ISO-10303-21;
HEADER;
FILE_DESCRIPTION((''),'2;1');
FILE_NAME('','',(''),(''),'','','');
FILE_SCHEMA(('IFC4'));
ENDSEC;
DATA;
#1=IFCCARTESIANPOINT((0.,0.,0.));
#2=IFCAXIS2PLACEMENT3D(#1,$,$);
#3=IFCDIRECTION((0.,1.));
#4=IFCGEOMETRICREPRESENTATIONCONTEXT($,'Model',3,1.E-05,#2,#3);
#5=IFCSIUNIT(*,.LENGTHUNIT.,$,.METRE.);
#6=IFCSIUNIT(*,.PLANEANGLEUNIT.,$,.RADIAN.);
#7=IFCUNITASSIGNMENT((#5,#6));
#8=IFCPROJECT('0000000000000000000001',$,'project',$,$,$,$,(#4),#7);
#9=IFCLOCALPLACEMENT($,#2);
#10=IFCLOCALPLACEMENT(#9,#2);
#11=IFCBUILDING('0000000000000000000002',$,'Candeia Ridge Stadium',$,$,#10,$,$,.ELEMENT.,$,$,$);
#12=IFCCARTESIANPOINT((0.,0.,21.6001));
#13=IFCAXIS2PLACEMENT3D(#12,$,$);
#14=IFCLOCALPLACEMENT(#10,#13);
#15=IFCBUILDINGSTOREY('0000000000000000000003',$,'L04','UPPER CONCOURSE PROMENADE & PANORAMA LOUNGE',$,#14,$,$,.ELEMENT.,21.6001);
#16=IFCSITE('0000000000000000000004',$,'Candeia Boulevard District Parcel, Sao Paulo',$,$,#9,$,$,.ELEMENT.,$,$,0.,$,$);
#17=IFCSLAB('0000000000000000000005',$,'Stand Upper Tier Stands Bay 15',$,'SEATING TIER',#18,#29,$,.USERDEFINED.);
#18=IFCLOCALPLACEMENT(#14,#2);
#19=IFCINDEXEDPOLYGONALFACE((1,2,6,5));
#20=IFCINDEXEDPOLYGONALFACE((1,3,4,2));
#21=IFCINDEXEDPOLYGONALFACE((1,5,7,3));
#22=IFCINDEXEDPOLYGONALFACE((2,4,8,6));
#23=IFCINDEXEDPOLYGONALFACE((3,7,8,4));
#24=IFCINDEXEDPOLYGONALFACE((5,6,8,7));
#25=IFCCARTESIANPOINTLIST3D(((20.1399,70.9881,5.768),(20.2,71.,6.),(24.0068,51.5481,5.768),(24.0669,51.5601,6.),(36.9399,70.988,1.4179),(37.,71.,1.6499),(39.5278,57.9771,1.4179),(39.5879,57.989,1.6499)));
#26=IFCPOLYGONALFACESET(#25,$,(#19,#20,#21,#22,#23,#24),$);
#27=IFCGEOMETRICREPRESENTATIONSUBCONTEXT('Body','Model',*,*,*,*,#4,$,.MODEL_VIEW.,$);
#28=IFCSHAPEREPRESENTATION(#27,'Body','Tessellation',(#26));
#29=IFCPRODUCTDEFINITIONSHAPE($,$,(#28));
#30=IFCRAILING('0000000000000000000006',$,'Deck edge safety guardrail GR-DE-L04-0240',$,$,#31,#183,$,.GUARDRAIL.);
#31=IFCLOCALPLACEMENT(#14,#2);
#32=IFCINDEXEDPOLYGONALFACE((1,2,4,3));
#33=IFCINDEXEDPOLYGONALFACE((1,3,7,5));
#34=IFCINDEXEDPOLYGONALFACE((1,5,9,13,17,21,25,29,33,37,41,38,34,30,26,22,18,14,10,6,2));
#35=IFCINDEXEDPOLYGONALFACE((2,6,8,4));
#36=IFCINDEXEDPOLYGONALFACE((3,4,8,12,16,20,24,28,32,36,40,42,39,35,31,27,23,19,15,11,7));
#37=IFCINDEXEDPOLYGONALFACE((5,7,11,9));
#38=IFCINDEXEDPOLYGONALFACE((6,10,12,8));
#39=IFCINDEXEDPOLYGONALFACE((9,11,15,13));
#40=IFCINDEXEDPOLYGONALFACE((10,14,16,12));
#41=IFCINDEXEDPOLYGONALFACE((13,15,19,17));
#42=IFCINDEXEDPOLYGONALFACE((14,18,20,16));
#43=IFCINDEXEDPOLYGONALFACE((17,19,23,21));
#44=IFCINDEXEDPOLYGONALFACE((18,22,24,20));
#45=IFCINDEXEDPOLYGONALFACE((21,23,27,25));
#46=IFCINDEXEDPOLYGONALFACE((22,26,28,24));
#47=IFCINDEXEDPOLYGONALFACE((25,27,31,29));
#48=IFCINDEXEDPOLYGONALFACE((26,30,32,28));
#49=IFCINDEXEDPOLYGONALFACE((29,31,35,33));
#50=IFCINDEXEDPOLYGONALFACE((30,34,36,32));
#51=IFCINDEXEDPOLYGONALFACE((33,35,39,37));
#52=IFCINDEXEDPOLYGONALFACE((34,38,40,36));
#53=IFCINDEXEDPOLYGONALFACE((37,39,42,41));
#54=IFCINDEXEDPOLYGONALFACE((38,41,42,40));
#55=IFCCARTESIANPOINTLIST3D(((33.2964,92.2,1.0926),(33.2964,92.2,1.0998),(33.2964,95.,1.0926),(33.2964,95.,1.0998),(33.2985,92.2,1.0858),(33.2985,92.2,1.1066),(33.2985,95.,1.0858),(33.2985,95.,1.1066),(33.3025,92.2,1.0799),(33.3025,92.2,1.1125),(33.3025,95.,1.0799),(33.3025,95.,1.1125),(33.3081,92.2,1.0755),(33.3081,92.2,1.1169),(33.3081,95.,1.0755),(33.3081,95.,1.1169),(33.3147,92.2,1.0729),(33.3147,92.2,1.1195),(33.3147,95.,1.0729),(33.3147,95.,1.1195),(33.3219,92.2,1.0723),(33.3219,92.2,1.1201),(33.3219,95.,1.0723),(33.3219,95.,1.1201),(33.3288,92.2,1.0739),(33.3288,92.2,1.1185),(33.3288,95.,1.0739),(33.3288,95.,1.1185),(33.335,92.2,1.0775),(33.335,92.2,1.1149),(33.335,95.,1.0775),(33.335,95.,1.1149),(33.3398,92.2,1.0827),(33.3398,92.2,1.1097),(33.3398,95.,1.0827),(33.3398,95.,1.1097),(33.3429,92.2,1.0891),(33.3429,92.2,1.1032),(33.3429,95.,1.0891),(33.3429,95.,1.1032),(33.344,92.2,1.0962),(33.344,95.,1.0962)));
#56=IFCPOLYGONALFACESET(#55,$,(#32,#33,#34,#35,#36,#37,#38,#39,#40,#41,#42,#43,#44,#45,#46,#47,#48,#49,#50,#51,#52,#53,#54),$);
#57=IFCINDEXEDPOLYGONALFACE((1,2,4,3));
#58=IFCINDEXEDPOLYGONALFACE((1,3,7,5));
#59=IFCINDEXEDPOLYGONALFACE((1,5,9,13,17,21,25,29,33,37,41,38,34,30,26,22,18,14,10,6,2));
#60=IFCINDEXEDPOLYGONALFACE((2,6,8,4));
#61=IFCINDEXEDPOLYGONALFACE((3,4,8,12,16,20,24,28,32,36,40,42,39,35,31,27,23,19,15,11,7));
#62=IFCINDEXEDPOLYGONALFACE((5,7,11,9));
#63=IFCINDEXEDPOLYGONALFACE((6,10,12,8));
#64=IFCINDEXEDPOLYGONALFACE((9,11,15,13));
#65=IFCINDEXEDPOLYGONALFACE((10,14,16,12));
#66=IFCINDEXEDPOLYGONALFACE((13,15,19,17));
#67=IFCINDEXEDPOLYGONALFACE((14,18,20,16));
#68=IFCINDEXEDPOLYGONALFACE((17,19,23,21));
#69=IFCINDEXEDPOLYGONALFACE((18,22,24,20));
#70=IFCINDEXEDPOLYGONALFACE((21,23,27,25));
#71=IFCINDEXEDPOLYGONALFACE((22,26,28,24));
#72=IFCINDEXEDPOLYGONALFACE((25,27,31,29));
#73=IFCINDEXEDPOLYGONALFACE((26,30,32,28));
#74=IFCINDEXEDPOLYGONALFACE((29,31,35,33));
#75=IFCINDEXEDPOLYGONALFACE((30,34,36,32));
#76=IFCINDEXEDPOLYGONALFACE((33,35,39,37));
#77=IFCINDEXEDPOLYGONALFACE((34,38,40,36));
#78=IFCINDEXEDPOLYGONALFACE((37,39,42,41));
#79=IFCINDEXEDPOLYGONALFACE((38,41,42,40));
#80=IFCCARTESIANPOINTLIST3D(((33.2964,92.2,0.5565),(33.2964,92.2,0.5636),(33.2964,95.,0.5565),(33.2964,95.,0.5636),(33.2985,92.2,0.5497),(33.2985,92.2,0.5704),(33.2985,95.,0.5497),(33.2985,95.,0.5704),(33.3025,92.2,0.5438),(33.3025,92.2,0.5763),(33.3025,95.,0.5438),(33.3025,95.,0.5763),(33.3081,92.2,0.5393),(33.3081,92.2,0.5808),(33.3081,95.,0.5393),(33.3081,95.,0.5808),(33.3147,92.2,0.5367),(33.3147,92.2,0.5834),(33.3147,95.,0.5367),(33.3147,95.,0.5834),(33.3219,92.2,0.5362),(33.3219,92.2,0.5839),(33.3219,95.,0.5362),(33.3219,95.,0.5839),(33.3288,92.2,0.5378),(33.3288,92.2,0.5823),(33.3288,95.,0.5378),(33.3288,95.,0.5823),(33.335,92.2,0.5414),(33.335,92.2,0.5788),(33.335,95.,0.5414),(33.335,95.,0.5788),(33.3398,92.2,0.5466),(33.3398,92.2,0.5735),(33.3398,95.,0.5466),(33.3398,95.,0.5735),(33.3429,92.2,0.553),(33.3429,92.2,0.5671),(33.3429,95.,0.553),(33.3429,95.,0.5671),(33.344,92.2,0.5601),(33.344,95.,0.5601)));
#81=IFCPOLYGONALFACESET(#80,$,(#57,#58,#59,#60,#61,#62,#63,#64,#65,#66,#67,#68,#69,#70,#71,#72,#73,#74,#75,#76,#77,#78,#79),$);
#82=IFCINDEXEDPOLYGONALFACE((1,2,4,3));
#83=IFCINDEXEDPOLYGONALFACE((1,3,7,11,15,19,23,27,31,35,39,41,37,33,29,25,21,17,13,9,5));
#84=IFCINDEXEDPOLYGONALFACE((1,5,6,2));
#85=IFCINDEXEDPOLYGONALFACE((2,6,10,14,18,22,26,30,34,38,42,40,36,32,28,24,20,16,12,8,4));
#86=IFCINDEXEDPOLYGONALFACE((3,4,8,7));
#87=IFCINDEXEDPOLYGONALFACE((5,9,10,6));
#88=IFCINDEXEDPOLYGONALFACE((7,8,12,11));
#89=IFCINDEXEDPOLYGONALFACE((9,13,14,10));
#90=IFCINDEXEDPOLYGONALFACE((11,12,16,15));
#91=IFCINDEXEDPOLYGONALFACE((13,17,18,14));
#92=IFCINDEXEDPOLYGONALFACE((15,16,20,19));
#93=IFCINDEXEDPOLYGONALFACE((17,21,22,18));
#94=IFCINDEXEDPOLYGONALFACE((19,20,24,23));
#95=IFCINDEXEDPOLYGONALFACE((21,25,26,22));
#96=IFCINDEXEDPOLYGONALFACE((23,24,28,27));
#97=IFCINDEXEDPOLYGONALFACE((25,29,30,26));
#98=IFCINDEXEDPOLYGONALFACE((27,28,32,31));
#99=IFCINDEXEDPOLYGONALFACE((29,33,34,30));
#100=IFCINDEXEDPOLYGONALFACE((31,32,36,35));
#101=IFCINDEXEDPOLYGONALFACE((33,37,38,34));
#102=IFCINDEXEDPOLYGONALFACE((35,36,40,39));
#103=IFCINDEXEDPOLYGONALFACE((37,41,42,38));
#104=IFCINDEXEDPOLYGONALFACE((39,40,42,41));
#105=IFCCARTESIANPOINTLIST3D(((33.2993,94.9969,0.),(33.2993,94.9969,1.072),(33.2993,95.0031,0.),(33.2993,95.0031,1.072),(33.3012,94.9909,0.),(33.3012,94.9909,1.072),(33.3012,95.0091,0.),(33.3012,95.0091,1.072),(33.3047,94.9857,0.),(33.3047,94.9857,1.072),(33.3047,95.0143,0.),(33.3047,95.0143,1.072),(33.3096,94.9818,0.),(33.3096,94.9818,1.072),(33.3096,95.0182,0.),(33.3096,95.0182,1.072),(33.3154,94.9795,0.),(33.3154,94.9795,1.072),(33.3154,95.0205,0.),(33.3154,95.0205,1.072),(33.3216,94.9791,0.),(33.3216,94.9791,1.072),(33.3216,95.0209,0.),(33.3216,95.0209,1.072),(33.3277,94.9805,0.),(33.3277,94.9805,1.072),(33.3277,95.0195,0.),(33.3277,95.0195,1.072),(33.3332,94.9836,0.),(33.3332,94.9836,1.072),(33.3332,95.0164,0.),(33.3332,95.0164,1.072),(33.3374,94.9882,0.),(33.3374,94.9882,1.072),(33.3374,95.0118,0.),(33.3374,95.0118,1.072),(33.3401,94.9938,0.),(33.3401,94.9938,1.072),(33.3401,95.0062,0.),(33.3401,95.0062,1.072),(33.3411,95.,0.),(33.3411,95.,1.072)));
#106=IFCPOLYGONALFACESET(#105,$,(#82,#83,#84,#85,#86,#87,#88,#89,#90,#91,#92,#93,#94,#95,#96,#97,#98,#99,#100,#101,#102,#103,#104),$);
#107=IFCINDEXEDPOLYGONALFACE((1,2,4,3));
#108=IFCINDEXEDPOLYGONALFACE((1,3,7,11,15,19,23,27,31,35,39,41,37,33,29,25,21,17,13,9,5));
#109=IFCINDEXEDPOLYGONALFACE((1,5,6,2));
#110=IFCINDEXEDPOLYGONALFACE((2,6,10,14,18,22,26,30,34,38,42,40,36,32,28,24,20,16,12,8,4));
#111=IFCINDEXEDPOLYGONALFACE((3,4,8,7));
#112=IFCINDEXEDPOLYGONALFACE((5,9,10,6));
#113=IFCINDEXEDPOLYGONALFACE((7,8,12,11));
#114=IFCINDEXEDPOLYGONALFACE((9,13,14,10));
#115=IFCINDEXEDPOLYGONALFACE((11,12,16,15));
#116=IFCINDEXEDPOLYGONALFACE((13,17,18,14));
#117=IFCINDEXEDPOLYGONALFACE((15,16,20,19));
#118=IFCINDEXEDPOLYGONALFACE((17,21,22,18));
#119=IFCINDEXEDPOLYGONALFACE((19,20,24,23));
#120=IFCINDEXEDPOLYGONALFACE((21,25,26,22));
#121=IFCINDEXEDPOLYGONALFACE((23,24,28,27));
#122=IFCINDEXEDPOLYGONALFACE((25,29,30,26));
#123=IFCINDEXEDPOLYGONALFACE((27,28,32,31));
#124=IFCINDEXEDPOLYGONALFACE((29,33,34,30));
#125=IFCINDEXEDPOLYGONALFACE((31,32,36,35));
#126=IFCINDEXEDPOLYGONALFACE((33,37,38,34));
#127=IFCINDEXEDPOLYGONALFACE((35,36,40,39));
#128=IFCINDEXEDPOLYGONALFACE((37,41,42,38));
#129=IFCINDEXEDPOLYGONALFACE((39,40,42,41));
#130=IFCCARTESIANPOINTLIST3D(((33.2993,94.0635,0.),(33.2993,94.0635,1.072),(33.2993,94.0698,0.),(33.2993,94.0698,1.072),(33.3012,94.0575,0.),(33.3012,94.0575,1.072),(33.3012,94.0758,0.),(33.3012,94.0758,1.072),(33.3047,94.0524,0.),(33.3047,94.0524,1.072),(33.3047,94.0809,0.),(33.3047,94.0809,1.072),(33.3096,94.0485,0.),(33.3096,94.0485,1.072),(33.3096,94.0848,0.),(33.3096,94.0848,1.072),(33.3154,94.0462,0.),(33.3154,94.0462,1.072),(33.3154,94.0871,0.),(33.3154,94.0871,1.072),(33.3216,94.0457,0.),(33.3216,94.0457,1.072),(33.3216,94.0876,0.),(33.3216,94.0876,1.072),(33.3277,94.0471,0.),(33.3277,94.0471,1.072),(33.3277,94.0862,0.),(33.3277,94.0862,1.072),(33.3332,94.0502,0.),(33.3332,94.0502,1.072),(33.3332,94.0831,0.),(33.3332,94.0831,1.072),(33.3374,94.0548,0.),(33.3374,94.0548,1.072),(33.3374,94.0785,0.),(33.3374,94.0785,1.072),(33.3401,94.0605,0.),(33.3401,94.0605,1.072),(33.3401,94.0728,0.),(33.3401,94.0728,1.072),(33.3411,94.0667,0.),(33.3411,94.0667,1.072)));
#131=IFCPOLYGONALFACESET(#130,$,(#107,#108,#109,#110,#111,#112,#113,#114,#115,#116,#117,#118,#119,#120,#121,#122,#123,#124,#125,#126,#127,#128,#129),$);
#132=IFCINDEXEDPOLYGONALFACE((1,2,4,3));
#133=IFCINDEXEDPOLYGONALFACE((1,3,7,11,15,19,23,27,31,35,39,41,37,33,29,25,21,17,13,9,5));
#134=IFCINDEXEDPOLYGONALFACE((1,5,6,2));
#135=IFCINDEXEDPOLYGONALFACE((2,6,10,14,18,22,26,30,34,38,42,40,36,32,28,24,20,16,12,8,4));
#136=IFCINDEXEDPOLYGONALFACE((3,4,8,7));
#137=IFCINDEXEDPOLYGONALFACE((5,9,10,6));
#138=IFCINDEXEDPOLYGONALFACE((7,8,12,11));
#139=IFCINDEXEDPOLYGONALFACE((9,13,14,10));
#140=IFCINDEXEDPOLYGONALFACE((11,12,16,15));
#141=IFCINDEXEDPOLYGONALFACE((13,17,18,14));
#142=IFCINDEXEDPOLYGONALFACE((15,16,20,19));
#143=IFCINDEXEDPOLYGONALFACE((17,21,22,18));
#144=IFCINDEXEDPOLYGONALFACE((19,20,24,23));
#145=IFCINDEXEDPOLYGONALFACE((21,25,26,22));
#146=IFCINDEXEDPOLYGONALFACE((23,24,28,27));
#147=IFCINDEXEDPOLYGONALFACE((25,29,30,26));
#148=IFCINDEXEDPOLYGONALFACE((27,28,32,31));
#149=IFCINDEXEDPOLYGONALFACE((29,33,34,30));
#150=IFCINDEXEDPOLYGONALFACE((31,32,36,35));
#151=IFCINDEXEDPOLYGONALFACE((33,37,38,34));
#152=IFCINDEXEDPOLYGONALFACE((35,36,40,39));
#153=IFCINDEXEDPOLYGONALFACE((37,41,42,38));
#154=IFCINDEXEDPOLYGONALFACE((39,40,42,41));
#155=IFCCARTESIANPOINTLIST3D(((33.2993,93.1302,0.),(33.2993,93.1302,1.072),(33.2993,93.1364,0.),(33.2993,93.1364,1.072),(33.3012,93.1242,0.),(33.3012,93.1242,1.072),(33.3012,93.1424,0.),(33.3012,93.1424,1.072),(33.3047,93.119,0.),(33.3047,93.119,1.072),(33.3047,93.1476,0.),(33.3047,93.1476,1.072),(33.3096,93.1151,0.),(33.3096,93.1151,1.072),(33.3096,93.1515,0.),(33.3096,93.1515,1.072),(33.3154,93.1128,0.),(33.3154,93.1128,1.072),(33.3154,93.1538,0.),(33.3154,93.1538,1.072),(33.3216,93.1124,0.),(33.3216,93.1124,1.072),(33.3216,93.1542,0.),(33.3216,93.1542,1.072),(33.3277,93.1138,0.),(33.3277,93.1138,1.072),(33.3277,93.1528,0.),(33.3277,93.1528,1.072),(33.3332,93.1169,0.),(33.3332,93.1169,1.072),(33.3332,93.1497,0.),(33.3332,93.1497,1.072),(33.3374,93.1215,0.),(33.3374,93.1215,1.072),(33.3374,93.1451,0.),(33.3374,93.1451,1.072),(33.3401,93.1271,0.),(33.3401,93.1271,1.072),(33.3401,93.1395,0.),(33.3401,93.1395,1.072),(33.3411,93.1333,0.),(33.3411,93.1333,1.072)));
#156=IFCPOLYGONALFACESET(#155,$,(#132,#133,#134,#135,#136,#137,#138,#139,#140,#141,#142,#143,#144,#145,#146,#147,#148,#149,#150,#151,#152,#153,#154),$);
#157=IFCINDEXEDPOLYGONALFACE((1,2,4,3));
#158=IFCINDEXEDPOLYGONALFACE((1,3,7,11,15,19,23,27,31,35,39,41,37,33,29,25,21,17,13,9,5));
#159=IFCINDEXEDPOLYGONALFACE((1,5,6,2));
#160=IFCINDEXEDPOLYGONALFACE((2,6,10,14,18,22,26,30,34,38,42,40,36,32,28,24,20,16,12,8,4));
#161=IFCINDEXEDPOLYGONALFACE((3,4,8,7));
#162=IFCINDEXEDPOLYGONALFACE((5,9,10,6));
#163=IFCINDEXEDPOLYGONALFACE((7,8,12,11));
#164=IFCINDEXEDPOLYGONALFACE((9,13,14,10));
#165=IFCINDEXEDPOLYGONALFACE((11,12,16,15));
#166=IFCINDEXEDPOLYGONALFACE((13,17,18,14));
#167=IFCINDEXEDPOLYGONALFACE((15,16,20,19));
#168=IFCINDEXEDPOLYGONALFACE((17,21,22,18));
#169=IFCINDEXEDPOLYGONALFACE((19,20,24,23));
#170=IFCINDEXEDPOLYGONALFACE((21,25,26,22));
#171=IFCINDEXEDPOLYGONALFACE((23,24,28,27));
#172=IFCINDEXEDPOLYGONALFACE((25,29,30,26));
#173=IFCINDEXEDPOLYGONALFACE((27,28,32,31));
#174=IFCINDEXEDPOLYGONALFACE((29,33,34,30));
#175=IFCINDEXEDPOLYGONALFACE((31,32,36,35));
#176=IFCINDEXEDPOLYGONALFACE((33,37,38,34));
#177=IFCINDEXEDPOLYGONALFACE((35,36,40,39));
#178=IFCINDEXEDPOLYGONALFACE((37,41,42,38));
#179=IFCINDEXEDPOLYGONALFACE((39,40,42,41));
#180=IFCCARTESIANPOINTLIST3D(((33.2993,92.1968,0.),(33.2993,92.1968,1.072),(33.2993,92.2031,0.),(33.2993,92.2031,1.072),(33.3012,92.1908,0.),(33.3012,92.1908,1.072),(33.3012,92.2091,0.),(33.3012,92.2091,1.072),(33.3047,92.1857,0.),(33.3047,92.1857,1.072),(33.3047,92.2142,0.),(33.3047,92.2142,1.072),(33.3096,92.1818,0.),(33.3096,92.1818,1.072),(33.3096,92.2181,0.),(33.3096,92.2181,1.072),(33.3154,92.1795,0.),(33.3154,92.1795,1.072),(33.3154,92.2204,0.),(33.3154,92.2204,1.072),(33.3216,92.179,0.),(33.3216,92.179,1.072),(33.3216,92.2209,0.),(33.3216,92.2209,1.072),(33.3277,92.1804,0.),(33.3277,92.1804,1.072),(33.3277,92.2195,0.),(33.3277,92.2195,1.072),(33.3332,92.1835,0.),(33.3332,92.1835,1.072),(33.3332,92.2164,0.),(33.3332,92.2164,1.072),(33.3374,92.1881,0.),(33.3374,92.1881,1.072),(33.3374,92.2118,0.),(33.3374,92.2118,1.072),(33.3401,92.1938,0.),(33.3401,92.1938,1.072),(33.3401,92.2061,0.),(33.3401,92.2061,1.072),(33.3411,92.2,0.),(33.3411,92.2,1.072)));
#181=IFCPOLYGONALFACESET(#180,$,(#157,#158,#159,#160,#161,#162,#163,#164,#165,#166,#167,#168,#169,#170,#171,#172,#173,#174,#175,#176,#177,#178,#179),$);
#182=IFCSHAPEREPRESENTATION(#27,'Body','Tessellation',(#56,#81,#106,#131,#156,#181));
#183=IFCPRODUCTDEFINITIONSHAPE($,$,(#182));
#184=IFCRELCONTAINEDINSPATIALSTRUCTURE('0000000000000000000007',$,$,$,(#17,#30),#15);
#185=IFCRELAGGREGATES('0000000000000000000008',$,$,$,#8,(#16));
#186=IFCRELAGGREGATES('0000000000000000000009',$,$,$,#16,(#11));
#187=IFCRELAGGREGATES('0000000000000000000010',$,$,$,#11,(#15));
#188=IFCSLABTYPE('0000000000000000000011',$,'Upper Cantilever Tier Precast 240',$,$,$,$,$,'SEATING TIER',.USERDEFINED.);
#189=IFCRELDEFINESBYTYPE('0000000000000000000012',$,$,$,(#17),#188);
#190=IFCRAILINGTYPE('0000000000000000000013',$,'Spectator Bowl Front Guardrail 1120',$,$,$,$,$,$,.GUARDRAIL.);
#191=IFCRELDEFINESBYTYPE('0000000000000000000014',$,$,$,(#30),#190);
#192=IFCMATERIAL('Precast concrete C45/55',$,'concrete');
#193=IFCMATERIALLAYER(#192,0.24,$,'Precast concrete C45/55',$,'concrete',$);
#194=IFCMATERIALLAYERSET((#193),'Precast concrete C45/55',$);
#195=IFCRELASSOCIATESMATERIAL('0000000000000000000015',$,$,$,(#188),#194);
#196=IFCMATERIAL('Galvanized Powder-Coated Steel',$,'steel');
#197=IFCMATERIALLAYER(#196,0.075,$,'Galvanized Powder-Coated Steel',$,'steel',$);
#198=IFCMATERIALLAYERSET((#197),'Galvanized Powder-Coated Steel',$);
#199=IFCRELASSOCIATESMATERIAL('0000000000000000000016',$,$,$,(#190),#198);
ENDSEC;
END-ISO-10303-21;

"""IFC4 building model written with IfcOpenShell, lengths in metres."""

from ifc_helpers import new_model, si_unit, direction, frame, origin, origin_2d, place, context, subcontext, project, spatial, polyline, circle, outline, extrude, material, layer, layer_set, type_object, element, save


model = new_model("IFC4")

# Units and contexts
model_context = context("Model", 3, precision=1e-05, world=origin(), true_north=direction((0.0, 1.0)))
body_context = subcontext(model_context, "Body", "Model", "MODEL_VIEW")
ifc_project = project(units=[si_unit("LENGTHUNIT", "METRE"), si_unit("PLANEANGLEUNIT", "RADIAN")], contexts=[model_context])

# Site, building, storey
site_placement = place(None, origin())
site = spatial("IfcSite", under=ifc_project, at=site_placement, Name="Candeia Boulevard District Parcel, Sao Paulo", CompositionType="ELEMENT", RefElevation=0.0)
building_placement = place(site_placement, origin())
building = spatial("IfcBuilding", under=site, at=building_placement, Name="Candeia Ridge Stadium", CompositionType="ELEMENT")
storey_placement = place(building_placement, frame((0.0, 0.0, 21.6001)))
storey = spatial("IfcBuildingStorey", under=building, at=storey_placement, Name="L04", Description="UPPER CONCOURSE PROMENADE & PANORAMA LOUNGE", CompositionType="ELEMENT", Elevation=21.6001)

# Slab
ifc_material_1 = material(Name="Precast concrete C45/55", Category="concrete")
ifc_layer_1 = layer(ifc_material_1, 0.24, Name="Precast concrete C45/55", Category="concrete")
ifc_layer_set_1 = layer_set([ifc_layer_1], Name="Precast concrete C45/55")
slab_type = type_object("IfcSlabType", Name="Upper Cantilever Tier Precast 240", ElementType="SEATING TIER", PredefinedType="USERDEFINED", material=ifc_layer_set_1)
slab_1_placement = place(storey_placement, frame((37.0, 71.0, 1.6499), z_axis=(0.250358, 0.049799, 0.966872), x_axis=(0.19508, -0.980787, 0.000002)))
element("IfcSlab", 1, at=slab_1_placement, inside=storey, type_object=slab_type, Name="Stand Upper Tier Stands Bay 15", ObjectType="SEATING TIER", PredefinedType="USERDEFINED", context=body_context, shape_type="SweptSolid", body=[
    extrude(outline(polyline([(0.0, 0.0), (13.2659, 0.0), (16.5435, -17.0415), (-3.2773, -17.0418), (0.0, 0.0)])), origin(), (0.0, 0.0, -1.0), 0.24),
])

# Railing
ifc_material_2 = material(Name="Galvanized Powder-Coated Steel", Category="steel")
ifc_layer_2 = layer(ifc_material_2, 0.075, Name="Galvanized Powder-Coated Steel", Category="steel")
ifc_layer_set_2 = layer_set([ifc_layer_2], Name="Galvanized Powder-Coated Steel")
railing_type_1 = type_object("IfcRailingType", Name="Spectator Bowl Front Guardrail 1120", PredefinedType="GUARDRAIL", material=ifc_layer_set_2)
railing_1_placement = place(storey_placement, frame((33.3201, 95.0, 0.0)))
element("IfcRailing", 2, at=railing_1_placement, inside=storey, type_object=railing_type_1, Name="Deck edge safety guardrail GR-DE-L04-0240", PredefinedType="GUARDRAIL", context=body_context, shape_type="SweptSolid", body=[
    extrude(circle(Radius=0.0239, at=origin_2d()), frame((0.0, 0.0, 1.0962), z_axis=(0.0, -1.0, 0.0), x_axis=(1.0, 0.0, 0.0)), (0.0, 0.0, 1.0), 2.8),
    extrude(circle(Radius=0.0239, at=origin_2d()), frame((0.0, 0.0, 0.5601), z_axis=(0.0, -1.0, 0.0), x_axis=(1.0, 0.0, 0.0)), (0.0, 0.0, 1.0), 2.8),
    extrude(circle(Radius=0.021, at=origin_2d()), origin(), (0.0, 0.0, 1.0), 1.072),
    extrude(circle(Radius=0.021, at=origin_2d()), frame((0.0, -0.9333, 0.0)), (0.0, 0.0, 1.0), 1.072),
    extrude(circle(Radius=0.021, at=origin_2d()), frame((0.0, -1.8667, 0.0)), (0.0, 0.0, 1.0), 1.072),
    extrude(circle(Radius=0.021, at=origin_2d()), frame((0.0, -2.8, 0.0)), (0.0, 0.0, 1.0), 1.072),
])

save(model, "model.ifc")
